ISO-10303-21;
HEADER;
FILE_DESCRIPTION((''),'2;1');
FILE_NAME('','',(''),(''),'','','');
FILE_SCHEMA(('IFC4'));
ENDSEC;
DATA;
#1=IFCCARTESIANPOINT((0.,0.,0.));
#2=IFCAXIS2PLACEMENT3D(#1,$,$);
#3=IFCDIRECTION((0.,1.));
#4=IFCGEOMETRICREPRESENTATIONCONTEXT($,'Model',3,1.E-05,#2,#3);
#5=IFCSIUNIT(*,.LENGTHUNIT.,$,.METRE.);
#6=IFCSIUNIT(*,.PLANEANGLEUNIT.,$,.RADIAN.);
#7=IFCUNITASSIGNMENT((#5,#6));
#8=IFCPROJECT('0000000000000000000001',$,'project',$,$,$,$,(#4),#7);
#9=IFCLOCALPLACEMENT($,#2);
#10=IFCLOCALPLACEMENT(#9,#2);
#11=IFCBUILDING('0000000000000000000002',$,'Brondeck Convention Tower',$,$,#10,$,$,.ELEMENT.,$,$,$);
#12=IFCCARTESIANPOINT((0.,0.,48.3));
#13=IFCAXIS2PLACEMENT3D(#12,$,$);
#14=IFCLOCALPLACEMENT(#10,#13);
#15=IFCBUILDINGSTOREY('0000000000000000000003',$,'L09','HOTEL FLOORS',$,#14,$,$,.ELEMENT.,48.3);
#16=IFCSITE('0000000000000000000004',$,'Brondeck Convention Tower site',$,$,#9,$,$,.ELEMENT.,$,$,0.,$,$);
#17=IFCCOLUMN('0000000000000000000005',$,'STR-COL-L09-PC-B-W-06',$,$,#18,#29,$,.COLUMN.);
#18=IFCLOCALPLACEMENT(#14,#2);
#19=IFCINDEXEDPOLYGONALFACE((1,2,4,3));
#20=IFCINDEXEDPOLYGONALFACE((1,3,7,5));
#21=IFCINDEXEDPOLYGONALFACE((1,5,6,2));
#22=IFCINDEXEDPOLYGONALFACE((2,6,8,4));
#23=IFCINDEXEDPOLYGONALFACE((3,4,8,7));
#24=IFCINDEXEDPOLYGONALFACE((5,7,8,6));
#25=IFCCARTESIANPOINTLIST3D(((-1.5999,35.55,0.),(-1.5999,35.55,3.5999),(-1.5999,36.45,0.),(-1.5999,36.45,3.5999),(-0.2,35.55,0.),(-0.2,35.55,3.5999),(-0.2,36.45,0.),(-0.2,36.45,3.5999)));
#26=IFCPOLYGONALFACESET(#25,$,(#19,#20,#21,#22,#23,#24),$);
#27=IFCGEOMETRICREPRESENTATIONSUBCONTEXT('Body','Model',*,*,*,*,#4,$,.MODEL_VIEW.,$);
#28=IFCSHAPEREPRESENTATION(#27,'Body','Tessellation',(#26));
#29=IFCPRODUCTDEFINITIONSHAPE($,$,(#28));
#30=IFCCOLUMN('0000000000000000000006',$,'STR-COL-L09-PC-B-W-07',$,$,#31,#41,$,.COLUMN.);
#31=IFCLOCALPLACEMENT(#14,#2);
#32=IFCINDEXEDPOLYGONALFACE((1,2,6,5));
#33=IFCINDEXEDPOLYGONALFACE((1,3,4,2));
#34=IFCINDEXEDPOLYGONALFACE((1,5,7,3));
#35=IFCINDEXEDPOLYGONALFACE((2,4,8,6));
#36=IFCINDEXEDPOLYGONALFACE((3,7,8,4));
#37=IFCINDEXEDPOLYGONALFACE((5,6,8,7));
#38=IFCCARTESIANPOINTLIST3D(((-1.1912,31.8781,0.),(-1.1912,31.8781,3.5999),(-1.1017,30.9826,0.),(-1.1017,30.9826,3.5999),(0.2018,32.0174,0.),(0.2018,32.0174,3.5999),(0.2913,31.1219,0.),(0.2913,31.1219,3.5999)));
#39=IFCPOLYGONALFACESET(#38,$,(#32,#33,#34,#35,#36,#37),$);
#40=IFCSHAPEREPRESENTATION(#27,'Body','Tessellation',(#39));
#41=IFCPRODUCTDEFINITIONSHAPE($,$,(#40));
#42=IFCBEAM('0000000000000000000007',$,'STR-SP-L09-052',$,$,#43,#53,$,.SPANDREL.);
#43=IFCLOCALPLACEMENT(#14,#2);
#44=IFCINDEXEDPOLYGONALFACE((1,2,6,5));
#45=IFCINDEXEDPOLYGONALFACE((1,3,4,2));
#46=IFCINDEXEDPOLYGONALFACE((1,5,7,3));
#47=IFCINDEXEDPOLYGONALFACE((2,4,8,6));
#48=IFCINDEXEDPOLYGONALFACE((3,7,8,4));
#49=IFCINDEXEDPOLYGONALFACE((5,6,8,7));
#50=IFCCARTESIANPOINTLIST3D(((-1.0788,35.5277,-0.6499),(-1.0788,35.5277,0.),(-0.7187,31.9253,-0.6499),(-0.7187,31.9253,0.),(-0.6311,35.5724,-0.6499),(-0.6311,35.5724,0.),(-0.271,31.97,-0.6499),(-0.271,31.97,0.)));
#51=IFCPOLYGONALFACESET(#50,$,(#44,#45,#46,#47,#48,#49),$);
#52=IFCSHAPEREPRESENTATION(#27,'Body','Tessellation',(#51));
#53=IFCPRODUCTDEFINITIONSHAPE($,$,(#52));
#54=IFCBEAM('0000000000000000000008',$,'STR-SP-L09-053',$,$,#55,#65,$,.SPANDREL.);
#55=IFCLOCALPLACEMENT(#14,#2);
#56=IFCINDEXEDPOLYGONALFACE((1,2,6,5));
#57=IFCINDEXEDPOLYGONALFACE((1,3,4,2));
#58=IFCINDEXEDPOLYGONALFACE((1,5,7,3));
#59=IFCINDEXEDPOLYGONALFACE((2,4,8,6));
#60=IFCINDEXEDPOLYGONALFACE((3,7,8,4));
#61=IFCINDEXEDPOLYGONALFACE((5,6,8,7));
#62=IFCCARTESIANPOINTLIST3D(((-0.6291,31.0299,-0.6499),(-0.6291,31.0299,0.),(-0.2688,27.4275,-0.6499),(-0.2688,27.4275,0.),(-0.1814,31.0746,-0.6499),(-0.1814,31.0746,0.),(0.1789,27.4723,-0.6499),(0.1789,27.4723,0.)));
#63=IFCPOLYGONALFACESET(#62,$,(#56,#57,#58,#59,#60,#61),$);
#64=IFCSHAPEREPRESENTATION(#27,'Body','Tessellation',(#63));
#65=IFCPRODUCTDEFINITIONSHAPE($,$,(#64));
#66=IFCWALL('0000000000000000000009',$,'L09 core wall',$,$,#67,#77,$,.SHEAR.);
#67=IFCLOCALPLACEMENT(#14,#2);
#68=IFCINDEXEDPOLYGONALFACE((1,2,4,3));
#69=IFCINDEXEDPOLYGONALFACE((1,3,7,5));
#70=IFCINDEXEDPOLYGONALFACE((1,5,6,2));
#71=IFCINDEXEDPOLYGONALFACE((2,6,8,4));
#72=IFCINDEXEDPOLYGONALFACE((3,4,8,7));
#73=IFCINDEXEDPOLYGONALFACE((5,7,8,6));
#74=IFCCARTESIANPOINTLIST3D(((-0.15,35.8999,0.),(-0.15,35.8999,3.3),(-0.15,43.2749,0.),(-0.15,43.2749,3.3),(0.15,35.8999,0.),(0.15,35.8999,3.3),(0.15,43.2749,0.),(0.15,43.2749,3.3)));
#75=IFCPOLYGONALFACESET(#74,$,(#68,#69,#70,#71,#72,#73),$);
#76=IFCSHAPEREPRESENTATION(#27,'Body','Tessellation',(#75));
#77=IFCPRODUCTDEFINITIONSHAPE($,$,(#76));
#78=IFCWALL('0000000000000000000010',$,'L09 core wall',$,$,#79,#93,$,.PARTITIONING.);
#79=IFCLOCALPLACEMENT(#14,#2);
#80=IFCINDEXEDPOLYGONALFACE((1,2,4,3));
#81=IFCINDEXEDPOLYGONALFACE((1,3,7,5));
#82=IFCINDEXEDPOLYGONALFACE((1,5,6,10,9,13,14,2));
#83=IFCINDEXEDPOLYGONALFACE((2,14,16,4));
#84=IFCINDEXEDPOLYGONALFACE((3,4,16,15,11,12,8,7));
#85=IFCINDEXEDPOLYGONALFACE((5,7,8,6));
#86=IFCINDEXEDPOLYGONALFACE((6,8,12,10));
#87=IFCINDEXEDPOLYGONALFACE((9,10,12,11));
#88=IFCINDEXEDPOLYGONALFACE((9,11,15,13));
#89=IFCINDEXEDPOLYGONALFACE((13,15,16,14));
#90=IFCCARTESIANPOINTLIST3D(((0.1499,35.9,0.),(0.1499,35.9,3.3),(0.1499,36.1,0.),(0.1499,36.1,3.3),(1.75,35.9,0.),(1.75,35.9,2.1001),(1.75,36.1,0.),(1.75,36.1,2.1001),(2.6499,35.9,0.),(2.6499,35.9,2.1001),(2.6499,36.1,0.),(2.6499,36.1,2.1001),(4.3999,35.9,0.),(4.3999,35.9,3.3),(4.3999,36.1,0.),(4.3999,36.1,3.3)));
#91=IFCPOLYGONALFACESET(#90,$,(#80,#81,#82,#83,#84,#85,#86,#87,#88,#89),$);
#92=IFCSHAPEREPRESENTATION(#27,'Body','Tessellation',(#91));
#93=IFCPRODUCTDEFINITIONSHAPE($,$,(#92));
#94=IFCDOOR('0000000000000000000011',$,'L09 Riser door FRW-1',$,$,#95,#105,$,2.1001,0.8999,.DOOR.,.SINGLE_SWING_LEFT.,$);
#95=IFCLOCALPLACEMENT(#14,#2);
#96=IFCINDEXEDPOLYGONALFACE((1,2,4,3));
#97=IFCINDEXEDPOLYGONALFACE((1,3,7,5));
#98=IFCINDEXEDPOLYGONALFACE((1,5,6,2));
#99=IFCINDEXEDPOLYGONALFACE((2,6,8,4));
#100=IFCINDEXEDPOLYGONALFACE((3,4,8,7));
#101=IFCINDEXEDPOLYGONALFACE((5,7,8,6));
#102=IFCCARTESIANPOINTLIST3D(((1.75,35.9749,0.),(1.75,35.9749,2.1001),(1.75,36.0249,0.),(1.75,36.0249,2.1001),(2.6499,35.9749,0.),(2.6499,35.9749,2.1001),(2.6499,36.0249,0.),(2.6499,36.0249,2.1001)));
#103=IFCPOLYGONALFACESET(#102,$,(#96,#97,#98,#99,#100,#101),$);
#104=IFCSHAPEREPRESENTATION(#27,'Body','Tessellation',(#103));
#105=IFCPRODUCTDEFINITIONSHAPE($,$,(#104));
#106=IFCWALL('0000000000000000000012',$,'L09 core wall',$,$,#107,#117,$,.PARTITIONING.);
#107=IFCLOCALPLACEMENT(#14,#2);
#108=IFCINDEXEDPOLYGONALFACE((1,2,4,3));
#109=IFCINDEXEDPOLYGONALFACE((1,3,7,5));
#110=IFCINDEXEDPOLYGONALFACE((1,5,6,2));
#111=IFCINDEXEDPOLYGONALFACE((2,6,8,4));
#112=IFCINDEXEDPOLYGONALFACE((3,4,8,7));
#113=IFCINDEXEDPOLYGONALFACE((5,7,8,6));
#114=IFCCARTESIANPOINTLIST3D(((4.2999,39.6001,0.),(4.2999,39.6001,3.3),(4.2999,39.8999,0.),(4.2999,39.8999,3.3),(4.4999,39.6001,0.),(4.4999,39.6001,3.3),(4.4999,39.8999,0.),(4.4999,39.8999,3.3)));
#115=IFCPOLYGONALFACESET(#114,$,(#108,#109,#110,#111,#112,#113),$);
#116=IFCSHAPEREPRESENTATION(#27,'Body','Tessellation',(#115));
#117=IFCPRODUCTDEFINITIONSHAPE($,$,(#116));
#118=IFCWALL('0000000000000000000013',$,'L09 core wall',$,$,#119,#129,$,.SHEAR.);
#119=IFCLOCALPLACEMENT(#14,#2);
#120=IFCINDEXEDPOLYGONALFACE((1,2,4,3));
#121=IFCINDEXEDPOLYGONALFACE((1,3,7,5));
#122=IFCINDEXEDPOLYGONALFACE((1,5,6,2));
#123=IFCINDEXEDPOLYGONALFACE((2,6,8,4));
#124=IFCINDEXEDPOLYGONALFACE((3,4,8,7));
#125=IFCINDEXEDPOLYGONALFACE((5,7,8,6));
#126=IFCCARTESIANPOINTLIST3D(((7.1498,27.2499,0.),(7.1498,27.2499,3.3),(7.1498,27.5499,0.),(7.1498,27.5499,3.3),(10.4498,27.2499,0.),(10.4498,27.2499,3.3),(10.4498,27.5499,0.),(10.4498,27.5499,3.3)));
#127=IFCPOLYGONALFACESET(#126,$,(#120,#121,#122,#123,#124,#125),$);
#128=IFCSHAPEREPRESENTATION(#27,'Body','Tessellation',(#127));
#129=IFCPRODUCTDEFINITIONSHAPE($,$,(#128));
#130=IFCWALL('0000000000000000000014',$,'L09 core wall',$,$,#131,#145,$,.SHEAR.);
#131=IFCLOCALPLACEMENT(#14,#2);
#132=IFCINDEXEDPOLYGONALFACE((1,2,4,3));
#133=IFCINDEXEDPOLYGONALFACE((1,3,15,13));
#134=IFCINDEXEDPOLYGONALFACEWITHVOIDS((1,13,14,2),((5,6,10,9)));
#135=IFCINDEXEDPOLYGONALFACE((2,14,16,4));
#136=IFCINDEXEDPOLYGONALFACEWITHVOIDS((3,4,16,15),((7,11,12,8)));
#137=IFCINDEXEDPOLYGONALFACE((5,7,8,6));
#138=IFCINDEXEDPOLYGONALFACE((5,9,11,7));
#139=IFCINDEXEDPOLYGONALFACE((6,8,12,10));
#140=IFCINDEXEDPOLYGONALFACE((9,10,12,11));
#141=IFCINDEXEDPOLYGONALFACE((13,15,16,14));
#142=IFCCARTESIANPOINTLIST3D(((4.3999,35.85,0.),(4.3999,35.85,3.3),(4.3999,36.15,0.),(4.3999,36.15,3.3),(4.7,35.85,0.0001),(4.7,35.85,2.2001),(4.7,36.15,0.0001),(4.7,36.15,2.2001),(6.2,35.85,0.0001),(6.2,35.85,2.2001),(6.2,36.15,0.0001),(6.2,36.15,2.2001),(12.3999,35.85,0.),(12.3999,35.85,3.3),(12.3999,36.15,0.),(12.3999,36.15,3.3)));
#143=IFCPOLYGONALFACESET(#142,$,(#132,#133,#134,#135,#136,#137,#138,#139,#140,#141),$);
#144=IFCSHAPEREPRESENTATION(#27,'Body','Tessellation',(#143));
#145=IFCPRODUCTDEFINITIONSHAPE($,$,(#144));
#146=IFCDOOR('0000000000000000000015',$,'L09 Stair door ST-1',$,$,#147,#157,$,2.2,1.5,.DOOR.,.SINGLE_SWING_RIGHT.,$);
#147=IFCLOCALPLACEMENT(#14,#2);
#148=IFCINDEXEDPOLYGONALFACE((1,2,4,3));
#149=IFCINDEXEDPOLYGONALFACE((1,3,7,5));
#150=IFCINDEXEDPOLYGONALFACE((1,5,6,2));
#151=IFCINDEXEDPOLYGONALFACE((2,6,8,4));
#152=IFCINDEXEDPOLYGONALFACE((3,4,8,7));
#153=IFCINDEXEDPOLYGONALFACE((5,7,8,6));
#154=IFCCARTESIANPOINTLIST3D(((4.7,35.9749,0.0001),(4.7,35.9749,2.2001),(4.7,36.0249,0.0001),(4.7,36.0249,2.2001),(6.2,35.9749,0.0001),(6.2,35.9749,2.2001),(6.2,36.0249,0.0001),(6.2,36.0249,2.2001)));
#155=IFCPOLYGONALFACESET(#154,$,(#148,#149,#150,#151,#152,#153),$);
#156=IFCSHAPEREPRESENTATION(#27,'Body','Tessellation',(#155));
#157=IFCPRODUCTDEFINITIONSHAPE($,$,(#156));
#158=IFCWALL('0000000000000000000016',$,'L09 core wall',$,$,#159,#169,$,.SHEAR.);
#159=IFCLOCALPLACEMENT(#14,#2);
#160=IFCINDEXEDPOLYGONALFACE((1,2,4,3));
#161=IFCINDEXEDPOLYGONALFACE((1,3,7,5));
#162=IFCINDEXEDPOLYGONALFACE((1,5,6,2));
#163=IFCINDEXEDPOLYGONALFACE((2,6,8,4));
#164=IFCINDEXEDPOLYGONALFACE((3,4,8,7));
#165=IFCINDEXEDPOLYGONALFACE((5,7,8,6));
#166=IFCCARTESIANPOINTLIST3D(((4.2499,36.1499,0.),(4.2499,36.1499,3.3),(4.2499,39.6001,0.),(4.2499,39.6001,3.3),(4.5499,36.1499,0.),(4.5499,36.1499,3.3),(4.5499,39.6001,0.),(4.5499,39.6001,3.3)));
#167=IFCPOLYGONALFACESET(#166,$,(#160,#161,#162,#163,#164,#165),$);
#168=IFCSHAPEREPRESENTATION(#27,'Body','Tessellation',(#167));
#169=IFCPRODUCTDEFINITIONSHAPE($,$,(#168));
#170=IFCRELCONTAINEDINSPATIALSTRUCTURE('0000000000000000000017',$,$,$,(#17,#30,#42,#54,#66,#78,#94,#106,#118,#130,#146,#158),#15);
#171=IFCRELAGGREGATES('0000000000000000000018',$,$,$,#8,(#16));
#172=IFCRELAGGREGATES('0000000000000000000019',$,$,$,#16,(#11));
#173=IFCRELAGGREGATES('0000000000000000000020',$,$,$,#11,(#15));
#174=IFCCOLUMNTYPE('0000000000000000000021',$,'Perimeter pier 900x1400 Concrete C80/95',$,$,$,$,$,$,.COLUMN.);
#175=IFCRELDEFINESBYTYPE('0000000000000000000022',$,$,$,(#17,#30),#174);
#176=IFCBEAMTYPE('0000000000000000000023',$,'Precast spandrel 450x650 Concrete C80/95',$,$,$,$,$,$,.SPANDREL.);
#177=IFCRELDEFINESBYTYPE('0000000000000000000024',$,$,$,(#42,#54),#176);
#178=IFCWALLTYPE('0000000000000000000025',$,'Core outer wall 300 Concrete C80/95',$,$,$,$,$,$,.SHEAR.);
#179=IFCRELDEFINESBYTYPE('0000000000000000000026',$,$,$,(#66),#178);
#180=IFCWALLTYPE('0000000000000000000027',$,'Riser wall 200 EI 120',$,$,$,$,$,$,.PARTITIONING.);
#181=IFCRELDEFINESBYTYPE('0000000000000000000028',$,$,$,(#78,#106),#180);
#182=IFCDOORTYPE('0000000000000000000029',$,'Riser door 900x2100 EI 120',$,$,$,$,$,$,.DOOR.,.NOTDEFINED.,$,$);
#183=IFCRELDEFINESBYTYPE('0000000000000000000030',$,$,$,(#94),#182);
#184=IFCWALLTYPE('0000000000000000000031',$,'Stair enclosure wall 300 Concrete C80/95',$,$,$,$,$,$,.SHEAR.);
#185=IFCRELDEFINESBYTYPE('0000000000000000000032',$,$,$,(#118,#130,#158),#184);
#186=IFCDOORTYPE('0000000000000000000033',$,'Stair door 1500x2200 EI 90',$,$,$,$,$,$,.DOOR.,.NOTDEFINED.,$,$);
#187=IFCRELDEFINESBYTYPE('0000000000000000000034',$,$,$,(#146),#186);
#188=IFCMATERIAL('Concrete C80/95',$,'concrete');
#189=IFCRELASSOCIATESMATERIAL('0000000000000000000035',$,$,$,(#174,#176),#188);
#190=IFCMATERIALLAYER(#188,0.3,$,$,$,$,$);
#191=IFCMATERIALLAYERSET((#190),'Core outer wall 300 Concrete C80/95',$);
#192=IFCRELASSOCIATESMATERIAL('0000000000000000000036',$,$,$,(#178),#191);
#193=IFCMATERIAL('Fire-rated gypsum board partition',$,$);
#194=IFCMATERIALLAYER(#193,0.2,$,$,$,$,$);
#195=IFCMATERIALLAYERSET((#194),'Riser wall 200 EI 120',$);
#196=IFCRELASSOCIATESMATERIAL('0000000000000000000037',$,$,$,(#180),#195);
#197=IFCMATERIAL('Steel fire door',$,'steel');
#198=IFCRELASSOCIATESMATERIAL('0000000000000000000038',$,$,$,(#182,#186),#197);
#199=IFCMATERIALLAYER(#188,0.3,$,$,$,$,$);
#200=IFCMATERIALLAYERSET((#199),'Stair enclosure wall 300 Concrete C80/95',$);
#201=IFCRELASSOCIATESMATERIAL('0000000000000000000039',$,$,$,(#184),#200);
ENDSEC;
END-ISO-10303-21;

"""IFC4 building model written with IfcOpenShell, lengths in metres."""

from ifc_helpers import new_model, si_unit, direction, frame, frame_2d, origin, origin_2d, place, context, subcontext, project, spatial, rectangle, extrude, material, layer, layer_set, material_profile, profile_set, type_object, element, fill, save


model = new_model("IFC4")

# Units and contexts
model_context = context("Model", 3, precision=1e-05, world=origin(), true_north=direction((0.0, 1.0)))
body_context = subcontext(model_context, "Body", "Model", "MODEL_VIEW")
ifc_project = project(units=[si_unit("LENGTHUNIT", "METRE"), si_unit("PLANEANGLEUNIT", "RADIAN")], contexts=[model_context])

# Site, building, storey
site_placement = place(None, origin())
site = spatial("IfcSite", under=ifc_project, at=site_placement, Name="Brondeck Convention Tower site", CompositionType="ELEMENT", RefElevation=0.0)
building_placement = place(site_placement, origin())
building = spatial("IfcBuilding", under=site, at=building_placement, Name="Brondeck Convention Tower", CompositionType="ELEMENT")
storey_placement = place(building_placement, frame((0.0, 0.0, 48.3)))
storey = spatial("IfcBuildingStorey", under=building, at=storey_placement, Name="L09", Description="HOTEL FLOORS", CompositionType="ELEMENT", Elevation=48.3)

# Columns
ifc_material_1 = material(Name="Concrete C80/95", Category="concrete")
ifc_material_profile_1 = material_profile(ifc_material_1, rectangle(XDim=0.8999, YDim=1.3999, at=origin_2d()), Name="Perimeter pier 900x1400 Concrete C80/95")
ifc_profile_set_1 = profile_set([ifc_material_profile_1], Name="Concrete C80/95")
column_type = type_object("IfcColumnType", Name="Perimeter pier 900x1400 Concrete C80/95", PredefinedType="COLUMN", material=ifc_profile_set_1)
for number, where, z_axis, x_axis, name in (
    (1, (-0.8999, 36.0, 0.0), (0.0, 0.0, 1.0), (0.0, -1.0, 0.0), "STR-COL-L09-PC-B-W-06"),
    (2, (-0.45, 31.5, 0.0), (0.0, 0.0, 1.0), (0.099504, -0.995037, 0.0), "STR-COL-L09-PC-B-W-07"),
):
    element("IfcColumn", number, at=place(storey_placement, frame(where, z_axis=z_axis, x_axis=x_axis)), inside=storey, type_object=column_type, Name=name, PredefinedType="COLUMN", context=body_context, shape_type="SweptSolid", body=[
        extrude(rectangle(XDim=0.8999, YDim=1.3999, at=origin_2d()), origin(), (0.0, 0.0, 1.0), 3.5999),
    ])

# Beams
ifc_material_profile_2 = material_profile(ifc_material_1, rectangle(XDim=0.45, YDim=0.6499, at=origin_2d()), Name="Precast spandrel 450x650 Concrete C80/95")
ifc_profile_set_2 = profile_set([ifc_material_profile_2], Name="Concrete C80/95")
beam_type = type_object("IfcBeamType", Name="Precast spandrel 450x650 Concrete C80/95", PredefinedType="SPANDREL", material=ifc_profile_set_2)
for number, where, z_axis, x_axis, name in (
    (3, (-0.855, 35.55, -0.325), (0.09947, -0.995041, 0.0), (0.995041, 0.09947, 0.0), "STR-SP-L09-052"),
    (4, (-0.4053, 31.0522, -0.325), (0.099537, -0.995034, 0.0), (0.995034, 0.099537, 0.0), "STR-SP-L09-053"),
):
    element("IfcBeam", number, at=place(storey_placement, frame(where, z_axis=z_axis, x_axis=x_axis)), inside=storey, type_object=beam_type, Name=name, PredefinedType="SPANDREL", context=body_context, shape_type="SweptSolid", body=[
        extrude(rectangle(XDim=0.45, YDim=0.6499, at=origin_2d()), origin(), (0.0, 0.0, 1.0), 3.6204),
    ])

# Wall
ifc_layer_1 = layer(ifc_material_1, 0.3)
ifc_layer_set_1 = layer_set([ifc_layer_1], Name="Core outer wall 300 Concrete C80/95")
wall_type_1 = type_object("IfcWallType", Name="Core outer wall 300 Concrete C80/95", PredefinedType="SHEAR", material=ifc_layer_set_1)
wall_1_placement = place(storey_placement, frame((0.0, 35.8999, 0.0), z_axis=(0.0, 0.0, 1.0), x_axis=(0.0, 1.0, 0.0)))
element("IfcWall", 5, at=wall_1_placement, inside=storey, type_object=wall_type_1, Name="L09 core wall", PredefinedType="SHEAR", context=body_context, shape_type="SweptSolid", body=[
    extrude(rectangle(XDim=7.375, YDim=0.3, at=frame_2d((3.6875, 0.0))), origin(), (0.0, 0.0, 1.0), 3.3),
])

# Wall, opening, door
ifc_material_2 = material(Name="Fire-rated gypsum board partition")
ifc_layer_2 = layer(ifc_material_2, 0.2)
ifc_layer_set_2 = layer_set([ifc_layer_2], Name="Riser wall 200 EI 120")
wall_type_2 = type_object("IfcWallType", Name="Riser wall 200 EI 120", PredefinedType="PARTITIONING", material=ifc_layer_set_2)
wall_2_placement = place(storey_placement, frame((0.1499, 36.0, 0.0), z_axis=(0.0, 0.0, 1.0), x_axis=(1.0, 0.0, 0.0)))
wall_2 = element("IfcWall", 6, at=wall_2_placement, inside=storey, type_object=wall_type_2, Name="L09 core wall", PredefinedType="PARTITIONING", context=body_context, shape_type="SweptSolid", body=[
    extrude(rectangle(XDim=4.25, YDim=0.2, at=frame_2d((2.125, 0.0))), origin(), (0.0, 0.0, 1.0), 3.3),
])
opening_1_placement = place(wall_2_placement, frame((1.6001, 0.0, 0.0)))
opening_1 = element("IfcOpeningElement", 7, at=opening_1_placement, cuts=wall_2, PredefinedType="OPENING", context=body_context, shape_type="SweptSolid", body=[
    extrude(rectangle(XDim=0.8999, YDim=2.1001, at=frame_2d((0.45, 1.05))), frame((0.0, 0.1099, 0.0), z_axis=(0.0, -1.0, 0.0), x_axis=(1.0, 0.0, 0.0)), (0.0, 0.0, 1.0), 0.22),
])
ifc_material_3 = material(Name="Steel fire door", Category="steel")
door_type_1 = type_object("IfcDoorType", Name="Riser door 900x2100 EI 120", OperationType="NOTDEFINED", PredefinedType="DOOR", material=ifc_material_3)
door_1_placement = place(opening_1_placement, origin())
door_1 = element("IfcDoor", 8, at=door_1_placement, inside=storey, type_object=door_type_1, Name="L09 Riser door FRW-1", OperationType="SINGLE_SWING_LEFT", OverallHeight=2.1001, OverallWidth=0.8999, PredefinedType="DOOR", context=body_context, shape_type="SweptSolid", body=[
    extrude(rectangle(XDim=0.8999, YDim=2.1001, at=frame_2d((0.45, 1.05))), frame((0.0, 0.0249, 0.0), z_axis=(0.0, -1.0, 0.0), x_axis=(1.0, 0.0, 0.0)), (0.0, 0.0, 1.0), 0.05),
])
fill(opening_1, door_1)

# Walls
wall_3_placement = place(storey_placement, frame((4.3999, 39.6001, 0.0), z_axis=(0.0, 0.0, 1.0), x_axis=(0.0, 1.0, 0.0)))
element("IfcWall", 9, at=wall_3_placement, inside=storey, type_object=wall_type_2, Name="L09 core wall", PredefinedType="PARTITIONING", context=body_context, shape_type="SweptSolid", body=[
    extrude(rectangle(XDim=0.2998, YDim=0.2, at=frame_2d((0.1499, 0.0))), origin(), (0.0, 0.0, 1.0), 3.3),
])
ifc_layer_3 = layer(ifc_material_1, 0.3)
ifc_layer_set_3 = layer_set([ifc_layer_3], Name="Stair enclosure wall 300 Concrete C80/95")
wall_type_3 = type_object("IfcWallType", Name="Stair enclosure wall 300 Concrete C80/95", PredefinedType="SHEAR", material=ifc_layer_set_3)
wall_4_placement = place(storey_placement, frame((7.1499, 27.3999, 0.0), z_axis=(0.0, 0.0, 1.0), x_axis=(1.0, 0.0, 0.0)))
element("IfcWall", 10, at=wall_4_placement, inside=storey, type_object=wall_type_3, Name="L09 core wall", PredefinedType="SHEAR", context=body_context, shape_type="SweptSolid", body=[
    extrude(rectangle(XDim=3.3, YDim=0.3, at=frame_2d((1.6499, 0.0))), origin(), (0.0, 0.0, 1.0), 3.3),
])

# Wall, opening, door
wall_5_placement = place(storey_placement, frame((4.3999, 36.0, 0.0), z_axis=(0.0, 0.0, 1.0), x_axis=(1.0, 0.0, 0.0)))
wall_5 = element("IfcWall", 11, at=wall_5_placement, inside=storey, type_object=wall_type_3, Name="L09 core wall", PredefinedType="SHEAR", context=body_context, shape_type="SweptSolid", body=[
    extrude(rectangle(XDim=8.0, YDim=0.3, at=frame_2d((4.0, 0.0))), origin(), (0.0, 0.0, 1.0), 3.3),
])
opening_2_placement = place(wall_5_placement, frame((0.3, 0.0, 0.0)))
opening_2 = element("IfcOpeningElement", 12, at=opening_2_placement, cuts=wall_5, PredefinedType="OPENING", context=body_context, shape_type="SweptSolid", body=[
    extrude(rectangle(XDim=1.5, YDim=2.2, at=frame_2d((0.75, 1.1001))), frame((0.0, 0.1599, 0.0), z_axis=(0.0, -1.0, 0.0), x_axis=(1.0, 0.0, 0.0)), (0.0, 0.0, 1.0), 0.3201),
])
door_type_2 = type_object("IfcDoorType", Name="Stair door 1500x2200 EI 90", OperationType="NOTDEFINED", PredefinedType="DOOR", material=ifc_material_3)
door_2_placement = place(opening_2_placement, origin())
door_2 = element("IfcDoor", 13, at=door_2_placement, inside=storey, type_object=door_type_2, Name="L09 Stair door ST-1", OperationType="SINGLE_SWING_RIGHT", OverallHeight=2.2, OverallWidth=1.5, PredefinedType="DOOR", context=body_context, shape_type="SweptSolid", body=[
    extrude(rectangle(XDim=1.5, YDim=2.2, at=frame_2d((0.75, 1.1001))), frame((0.0, 0.0249, 0.0), z_axis=(0.0, -1.0, 0.0), x_axis=(1.0, 0.0, 0.0)), (0.0, 0.0, 1.0), 0.05),
])
fill(opening_2, door_2)

# Wall
wall_6_placement = place(storey_placement, frame((4.3999, 36.1499, 0.0), z_axis=(0.0, 0.0, 1.0), x_axis=(0.0, 1.0, 0.0)))
element("IfcWall", 14, at=wall_6_placement, inside=storey, type_object=wall_type_3, Name="L09 core wall", PredefinedType="SHEAR", context=body_context, shape_type="SweptSolid", body=[
    extrude(rectangle(XDim=3.4502, YDim=0.3, at=frame_2d((1.7251, 0.0))), origin(), (0.0, 0.0, 1.0), 3.3),
])

save(model, "model.ifc")
